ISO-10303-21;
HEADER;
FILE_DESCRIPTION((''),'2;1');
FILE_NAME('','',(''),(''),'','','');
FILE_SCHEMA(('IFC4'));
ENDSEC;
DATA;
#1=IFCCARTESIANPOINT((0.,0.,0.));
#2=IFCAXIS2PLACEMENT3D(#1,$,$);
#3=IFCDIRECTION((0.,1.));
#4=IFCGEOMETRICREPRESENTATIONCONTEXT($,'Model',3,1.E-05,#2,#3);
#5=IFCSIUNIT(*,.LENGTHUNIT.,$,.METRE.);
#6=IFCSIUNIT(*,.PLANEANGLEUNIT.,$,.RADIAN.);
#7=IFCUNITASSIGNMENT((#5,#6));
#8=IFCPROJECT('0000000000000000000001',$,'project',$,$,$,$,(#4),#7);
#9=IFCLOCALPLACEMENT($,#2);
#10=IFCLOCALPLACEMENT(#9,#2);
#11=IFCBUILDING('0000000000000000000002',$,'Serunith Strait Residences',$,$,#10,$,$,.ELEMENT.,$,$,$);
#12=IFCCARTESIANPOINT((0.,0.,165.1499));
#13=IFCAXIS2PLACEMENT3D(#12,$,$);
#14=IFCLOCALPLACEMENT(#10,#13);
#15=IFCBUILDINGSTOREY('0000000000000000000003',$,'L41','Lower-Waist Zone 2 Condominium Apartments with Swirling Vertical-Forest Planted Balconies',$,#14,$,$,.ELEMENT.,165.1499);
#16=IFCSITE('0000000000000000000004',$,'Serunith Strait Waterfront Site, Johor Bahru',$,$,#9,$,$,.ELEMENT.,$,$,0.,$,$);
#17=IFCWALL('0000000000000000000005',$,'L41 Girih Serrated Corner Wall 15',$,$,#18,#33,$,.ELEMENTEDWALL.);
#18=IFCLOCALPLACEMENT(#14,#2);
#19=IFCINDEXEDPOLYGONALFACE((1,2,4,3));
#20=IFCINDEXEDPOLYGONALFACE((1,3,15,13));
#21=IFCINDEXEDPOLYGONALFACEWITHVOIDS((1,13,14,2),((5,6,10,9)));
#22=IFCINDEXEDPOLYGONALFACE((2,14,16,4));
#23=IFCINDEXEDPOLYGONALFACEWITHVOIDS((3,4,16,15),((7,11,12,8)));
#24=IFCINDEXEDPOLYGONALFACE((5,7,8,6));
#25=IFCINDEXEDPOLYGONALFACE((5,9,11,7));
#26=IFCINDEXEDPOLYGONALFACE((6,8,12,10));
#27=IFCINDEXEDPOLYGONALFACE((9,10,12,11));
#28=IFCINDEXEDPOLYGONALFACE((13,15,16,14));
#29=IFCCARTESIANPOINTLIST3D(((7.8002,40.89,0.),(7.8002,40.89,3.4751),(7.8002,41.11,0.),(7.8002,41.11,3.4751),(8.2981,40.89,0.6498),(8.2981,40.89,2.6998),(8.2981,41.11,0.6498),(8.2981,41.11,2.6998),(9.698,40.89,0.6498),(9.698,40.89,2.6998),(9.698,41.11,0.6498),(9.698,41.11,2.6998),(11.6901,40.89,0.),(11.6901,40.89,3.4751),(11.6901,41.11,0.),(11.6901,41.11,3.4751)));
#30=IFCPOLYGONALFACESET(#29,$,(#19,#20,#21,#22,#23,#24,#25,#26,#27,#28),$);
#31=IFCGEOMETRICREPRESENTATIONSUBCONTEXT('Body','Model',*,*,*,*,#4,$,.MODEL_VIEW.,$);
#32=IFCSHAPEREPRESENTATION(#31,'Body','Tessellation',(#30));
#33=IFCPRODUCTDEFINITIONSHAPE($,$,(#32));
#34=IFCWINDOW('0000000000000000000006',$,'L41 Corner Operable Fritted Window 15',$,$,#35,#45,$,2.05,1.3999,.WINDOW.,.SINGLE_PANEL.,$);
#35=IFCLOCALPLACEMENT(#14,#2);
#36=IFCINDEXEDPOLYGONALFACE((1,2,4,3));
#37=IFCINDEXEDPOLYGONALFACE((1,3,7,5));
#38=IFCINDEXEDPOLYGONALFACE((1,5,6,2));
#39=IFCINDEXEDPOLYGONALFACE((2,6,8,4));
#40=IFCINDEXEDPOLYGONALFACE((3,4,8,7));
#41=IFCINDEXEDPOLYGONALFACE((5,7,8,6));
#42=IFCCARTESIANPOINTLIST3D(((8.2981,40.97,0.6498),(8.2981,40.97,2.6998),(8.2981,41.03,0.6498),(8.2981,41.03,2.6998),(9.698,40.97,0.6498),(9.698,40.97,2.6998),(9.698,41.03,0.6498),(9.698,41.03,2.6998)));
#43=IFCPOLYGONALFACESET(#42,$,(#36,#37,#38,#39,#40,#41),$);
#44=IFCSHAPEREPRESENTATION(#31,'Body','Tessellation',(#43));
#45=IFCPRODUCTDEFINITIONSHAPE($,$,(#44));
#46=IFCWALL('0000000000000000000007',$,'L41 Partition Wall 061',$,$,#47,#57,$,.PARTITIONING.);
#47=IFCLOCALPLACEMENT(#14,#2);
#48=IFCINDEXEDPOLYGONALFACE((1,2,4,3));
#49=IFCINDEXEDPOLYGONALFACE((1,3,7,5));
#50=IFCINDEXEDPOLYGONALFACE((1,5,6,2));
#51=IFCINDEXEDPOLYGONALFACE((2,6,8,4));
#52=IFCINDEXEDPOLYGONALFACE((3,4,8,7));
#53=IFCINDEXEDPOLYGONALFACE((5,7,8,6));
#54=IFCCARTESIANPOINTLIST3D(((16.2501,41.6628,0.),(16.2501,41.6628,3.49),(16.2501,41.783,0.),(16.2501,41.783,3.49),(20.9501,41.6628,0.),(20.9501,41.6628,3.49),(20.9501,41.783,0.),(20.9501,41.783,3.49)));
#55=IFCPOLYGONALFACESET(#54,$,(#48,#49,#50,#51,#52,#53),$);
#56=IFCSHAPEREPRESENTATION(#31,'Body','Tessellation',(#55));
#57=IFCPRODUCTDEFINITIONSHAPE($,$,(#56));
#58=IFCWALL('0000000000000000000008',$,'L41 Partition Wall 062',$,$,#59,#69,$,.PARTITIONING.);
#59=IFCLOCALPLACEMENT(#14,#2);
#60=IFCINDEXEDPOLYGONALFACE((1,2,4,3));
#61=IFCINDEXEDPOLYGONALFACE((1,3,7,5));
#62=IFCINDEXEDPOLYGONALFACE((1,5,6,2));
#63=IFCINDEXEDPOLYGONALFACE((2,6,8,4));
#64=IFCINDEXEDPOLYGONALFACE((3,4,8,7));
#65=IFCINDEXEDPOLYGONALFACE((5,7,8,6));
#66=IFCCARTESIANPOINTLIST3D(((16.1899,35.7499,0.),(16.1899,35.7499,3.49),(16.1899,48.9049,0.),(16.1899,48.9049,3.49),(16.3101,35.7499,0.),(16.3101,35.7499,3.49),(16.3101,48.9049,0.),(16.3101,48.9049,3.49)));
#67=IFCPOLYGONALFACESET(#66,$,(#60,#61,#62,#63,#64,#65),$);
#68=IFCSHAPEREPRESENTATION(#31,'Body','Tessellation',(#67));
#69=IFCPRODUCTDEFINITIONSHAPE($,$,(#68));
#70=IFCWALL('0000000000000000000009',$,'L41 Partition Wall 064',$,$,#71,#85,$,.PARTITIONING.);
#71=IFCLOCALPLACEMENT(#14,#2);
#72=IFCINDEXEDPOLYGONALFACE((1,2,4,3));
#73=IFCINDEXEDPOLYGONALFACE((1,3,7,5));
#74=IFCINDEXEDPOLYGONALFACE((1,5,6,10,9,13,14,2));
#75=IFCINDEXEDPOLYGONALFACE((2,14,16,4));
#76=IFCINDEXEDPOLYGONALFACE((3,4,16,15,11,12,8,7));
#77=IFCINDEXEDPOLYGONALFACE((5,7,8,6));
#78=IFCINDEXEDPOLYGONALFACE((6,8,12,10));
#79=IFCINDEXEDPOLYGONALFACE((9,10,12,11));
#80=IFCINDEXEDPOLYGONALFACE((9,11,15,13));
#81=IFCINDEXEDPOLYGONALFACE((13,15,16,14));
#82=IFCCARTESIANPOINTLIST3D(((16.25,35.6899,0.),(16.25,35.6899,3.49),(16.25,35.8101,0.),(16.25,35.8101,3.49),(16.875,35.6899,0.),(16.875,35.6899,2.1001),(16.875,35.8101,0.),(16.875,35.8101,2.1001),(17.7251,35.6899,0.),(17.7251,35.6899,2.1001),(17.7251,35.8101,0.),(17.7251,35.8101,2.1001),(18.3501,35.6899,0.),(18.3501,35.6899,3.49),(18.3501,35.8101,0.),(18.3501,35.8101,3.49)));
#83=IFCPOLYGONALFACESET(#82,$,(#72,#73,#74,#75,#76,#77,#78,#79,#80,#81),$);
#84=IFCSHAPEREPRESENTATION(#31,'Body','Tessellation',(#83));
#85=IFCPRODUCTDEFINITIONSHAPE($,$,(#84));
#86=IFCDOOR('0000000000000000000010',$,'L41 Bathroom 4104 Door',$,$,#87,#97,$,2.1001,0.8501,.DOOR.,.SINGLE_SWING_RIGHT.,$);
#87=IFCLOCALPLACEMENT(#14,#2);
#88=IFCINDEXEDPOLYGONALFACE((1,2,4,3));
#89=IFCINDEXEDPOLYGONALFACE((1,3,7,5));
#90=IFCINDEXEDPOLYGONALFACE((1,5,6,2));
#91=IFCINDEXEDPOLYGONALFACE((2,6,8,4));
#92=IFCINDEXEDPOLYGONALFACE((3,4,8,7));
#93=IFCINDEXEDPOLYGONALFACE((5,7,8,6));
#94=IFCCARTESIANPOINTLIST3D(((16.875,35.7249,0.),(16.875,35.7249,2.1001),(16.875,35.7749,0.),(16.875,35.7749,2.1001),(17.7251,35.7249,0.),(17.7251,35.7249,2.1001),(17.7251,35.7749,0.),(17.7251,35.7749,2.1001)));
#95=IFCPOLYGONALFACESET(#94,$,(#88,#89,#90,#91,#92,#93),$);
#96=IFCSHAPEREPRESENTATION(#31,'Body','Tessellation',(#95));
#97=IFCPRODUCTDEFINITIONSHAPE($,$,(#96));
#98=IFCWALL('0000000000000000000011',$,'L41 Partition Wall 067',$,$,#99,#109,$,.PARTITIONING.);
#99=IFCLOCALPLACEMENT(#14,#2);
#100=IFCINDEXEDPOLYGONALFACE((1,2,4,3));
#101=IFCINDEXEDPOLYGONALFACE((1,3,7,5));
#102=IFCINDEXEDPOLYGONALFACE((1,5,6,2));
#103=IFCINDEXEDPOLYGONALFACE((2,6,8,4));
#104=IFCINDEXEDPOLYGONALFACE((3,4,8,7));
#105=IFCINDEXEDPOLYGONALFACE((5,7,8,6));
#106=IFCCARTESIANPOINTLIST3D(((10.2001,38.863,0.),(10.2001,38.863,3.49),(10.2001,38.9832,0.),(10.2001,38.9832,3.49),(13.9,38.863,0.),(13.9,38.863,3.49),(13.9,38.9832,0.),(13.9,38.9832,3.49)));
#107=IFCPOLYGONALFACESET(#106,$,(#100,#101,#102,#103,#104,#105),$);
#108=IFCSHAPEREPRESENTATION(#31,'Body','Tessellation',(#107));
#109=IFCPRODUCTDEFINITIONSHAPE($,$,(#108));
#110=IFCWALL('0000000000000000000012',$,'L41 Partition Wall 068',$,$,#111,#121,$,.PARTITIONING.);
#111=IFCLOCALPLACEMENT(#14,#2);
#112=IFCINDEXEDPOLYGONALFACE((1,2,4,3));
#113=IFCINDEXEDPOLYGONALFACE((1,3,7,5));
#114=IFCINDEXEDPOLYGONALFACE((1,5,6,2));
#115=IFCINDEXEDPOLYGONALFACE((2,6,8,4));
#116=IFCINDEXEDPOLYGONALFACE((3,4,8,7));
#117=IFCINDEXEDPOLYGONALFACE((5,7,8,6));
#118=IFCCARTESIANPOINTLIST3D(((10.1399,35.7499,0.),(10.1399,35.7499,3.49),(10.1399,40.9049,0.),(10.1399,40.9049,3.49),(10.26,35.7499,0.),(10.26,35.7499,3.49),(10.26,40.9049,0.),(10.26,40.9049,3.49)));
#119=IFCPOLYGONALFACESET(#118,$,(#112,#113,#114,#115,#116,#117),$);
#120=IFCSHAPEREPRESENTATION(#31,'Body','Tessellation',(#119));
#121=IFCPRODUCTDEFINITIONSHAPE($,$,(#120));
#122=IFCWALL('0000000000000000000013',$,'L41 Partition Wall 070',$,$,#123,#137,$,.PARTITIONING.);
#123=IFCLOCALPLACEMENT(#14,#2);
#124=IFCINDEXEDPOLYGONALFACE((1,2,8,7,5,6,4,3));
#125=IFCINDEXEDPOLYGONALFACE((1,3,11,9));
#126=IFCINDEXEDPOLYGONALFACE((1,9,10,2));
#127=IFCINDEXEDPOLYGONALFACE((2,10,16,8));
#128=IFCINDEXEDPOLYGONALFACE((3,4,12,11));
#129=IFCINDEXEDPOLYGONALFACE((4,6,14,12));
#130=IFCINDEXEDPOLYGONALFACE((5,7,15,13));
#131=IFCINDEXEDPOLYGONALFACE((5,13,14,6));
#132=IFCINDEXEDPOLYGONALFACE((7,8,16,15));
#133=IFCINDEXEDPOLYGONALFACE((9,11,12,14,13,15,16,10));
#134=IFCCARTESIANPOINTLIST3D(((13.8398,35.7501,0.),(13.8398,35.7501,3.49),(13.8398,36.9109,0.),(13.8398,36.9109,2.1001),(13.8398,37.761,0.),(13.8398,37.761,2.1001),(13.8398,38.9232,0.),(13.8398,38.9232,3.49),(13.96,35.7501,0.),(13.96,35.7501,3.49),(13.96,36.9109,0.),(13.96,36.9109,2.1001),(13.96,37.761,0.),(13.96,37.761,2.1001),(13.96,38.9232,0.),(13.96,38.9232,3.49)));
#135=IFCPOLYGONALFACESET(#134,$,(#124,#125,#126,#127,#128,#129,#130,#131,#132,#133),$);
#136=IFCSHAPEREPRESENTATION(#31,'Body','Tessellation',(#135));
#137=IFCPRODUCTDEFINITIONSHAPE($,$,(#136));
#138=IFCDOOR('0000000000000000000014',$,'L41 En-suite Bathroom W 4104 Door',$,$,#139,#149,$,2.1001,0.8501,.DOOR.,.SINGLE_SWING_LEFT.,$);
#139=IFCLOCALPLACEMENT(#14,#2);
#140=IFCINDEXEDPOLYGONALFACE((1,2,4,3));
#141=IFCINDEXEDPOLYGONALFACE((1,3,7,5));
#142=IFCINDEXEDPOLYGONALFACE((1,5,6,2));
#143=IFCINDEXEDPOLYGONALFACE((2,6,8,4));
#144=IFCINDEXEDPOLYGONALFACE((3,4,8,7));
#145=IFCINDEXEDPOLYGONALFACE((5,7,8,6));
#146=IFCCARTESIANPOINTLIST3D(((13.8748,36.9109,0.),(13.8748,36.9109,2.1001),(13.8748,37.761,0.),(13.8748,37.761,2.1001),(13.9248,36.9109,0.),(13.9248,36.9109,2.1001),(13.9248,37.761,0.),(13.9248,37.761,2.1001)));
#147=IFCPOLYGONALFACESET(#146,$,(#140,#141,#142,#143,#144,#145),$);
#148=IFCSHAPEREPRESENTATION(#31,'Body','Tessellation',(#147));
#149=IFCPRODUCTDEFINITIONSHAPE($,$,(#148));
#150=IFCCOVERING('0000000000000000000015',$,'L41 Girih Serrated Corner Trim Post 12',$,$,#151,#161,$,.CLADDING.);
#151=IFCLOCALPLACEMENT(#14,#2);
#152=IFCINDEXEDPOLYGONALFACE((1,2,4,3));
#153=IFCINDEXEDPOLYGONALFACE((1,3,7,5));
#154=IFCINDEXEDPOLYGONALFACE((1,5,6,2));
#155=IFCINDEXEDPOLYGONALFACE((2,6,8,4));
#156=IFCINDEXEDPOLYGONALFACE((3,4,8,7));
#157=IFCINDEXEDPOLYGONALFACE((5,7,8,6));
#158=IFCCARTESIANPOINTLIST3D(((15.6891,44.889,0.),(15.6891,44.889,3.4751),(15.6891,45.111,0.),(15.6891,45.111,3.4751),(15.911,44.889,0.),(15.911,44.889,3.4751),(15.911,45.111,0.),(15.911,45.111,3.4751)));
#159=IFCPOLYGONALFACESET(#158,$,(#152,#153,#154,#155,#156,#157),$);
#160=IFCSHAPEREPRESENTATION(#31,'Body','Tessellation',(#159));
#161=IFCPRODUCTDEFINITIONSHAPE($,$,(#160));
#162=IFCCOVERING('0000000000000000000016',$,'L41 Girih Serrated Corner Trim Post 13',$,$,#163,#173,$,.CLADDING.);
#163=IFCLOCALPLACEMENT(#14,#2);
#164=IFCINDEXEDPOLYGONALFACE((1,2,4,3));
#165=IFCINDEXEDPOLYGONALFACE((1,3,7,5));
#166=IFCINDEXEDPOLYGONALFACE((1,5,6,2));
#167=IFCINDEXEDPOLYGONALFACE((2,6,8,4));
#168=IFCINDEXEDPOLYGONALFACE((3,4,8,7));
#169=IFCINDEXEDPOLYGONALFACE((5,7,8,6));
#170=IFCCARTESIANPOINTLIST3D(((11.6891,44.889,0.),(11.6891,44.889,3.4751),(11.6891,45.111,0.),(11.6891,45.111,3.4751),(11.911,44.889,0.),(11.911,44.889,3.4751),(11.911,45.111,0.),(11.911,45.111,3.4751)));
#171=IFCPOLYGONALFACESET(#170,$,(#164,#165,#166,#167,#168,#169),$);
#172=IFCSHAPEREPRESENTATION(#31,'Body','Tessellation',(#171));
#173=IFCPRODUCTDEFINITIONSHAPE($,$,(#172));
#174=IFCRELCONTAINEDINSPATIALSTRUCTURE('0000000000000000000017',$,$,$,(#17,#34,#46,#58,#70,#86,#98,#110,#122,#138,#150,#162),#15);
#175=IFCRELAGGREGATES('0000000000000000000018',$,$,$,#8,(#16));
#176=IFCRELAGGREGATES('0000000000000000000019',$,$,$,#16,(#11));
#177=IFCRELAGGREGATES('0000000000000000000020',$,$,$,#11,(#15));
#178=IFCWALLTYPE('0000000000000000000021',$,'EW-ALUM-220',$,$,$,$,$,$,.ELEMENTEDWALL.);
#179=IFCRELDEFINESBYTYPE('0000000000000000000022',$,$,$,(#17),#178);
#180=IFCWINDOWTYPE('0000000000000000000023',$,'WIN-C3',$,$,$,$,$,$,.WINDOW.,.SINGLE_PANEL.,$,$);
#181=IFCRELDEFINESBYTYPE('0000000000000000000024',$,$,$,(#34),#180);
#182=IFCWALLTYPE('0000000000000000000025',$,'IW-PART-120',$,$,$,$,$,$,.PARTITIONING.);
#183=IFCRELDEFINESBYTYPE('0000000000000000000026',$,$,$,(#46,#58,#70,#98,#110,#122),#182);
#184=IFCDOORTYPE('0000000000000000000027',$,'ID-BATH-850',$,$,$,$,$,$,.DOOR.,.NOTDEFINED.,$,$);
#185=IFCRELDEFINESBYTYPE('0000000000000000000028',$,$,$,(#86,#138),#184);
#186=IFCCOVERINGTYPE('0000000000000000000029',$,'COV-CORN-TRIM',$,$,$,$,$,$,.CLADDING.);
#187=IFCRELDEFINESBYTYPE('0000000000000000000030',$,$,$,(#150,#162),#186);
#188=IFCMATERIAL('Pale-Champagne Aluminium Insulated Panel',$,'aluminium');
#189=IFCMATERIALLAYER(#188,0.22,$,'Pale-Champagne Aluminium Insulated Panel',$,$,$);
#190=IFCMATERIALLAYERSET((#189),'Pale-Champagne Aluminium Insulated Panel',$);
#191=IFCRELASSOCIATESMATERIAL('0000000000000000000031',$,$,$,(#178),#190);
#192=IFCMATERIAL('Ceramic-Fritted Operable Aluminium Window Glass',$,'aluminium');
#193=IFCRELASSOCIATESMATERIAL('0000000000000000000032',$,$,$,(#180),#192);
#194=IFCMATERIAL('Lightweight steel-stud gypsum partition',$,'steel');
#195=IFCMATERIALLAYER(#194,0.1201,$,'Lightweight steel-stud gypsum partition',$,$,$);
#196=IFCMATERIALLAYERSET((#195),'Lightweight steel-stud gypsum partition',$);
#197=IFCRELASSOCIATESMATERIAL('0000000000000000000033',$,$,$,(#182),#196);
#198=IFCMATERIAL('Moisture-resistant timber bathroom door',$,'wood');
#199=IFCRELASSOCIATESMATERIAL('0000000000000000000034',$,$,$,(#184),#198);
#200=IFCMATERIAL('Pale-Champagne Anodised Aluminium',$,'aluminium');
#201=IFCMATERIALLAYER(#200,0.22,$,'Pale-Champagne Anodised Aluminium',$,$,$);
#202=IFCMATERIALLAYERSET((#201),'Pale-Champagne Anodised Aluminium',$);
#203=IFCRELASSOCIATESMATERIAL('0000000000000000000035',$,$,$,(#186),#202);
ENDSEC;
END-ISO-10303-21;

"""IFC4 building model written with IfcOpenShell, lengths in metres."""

from ifc_helpers import new_model, si_unit, direction, frame, frame_2d, origin, origin_2d, place, context, subcontext, project, spatial, rectangle, extrude, source, transform, mapped, material, layer, layer_set, type_object, element, fill, save


model = new_model("IFC4")

# Units and contexts
model_context = context("Model", 3, precision=1e-05, world=origin(), true_north=direction((0.0, 1.0)))
body_context = subcontext(model_context, "Body", "Model", "MODEL_VIEW")
ifc_project = project(units=[si_unit("LENGTHUNIT", "METRE"), si_unit("PLANEANGLEUNIT", "RADIAN")], contexts=[model_context])

# Site, building, storey
site_placement = place(None, origin())
site = spatial("IfcSite", under=ifc_project, at=site_placement, Name="Serunith Strait Waterfront Site, Johor Bahru", CompositionType="ELEMENT", RefElevation=0.0)
building_placement = place(site_placement, origin())
building = spatial("IfcBuilding", under=site, at=building_placement, Name="Serunith Strait Residences", CompositionType="ELEMENT")
storey_placement = place(building_placement, frame((0.0, 0.0, 165.1499)))
storey = spatial("IfcBuildingStorey", under=building, at=storey_placement, Name="L41", Description="Lower-Waist Zone 2 Condominium Apartments with Swirling Vertical-Forest Planted Balconies", CompositionType="ELEMENT", Elevation=165.1499)

# Shared definitions
ifc_material_1 = material(Name="Pale-Champagne Anodised Aluminium", Category="aluminium")

# Shared definitions
ifc_material_2 = material(Name="Pale-Champagne Aluminium Insulated Panel", Category="aluminium")
ifc_layer_1 = layer(ifc_material_2, 0.22, Name="Pale-Champagne Aluminium Insulated Panel")
ifc_layer_set_1 = layer_set([ifc_layer_1], Name="Pale-Champagne Aluminium Insulated Panel")
wall_type_1 = type_object("IfcWallType", Name="EW-ALUM-220", PredefinedType="ELEMENTEDWALL", material=ifc_layer_set_1)

# Wall, opening, window
ifc_material_3 = material(Name="Ceramic-Fritted Operable Aluminium Window Glass", Category="aluminium")
window_type = type_object("IfcWindowType", Name="WIN-C3", PartitioningType="SINGLE_PANEL", PredefinedType="WINDOW", material=ifc_material_3)
shared_shape_1 = source(origin(), body_context, "Body", "SweptSolid", [
    extrude(rectangle(XDim=1.3999, YDim=2.05, at=frame_2d((0.7, 1.0249))), frame((0.0, 0.03, 0.0), z_axis=(0.0, -1.0, 0.0), x_axis=(1.0, 0.0, 0.0)), (0.0, 0.0, 1.0), 0.0601),
])
wall_1_placement = place(storey_placement, frame((11.6899, 41.0, 0.0), z_axis=(0.0, 0.0, 1.0), x_axis=(-1.0, 0.0, 0.0)))
wall_1 = element("IfcWall", 1, at=wall_1_placement, inside=storey, type_object=wall_type_1, Name="L41 Girih Serrated Corner Wall 15", PredefinedType="ELEMENTEDWALL", context=body_context, shape_type="SweptSolid", body=[
    extrude(rectangle(XDim=3.8899, YDim=0.22, at=frame_2d((1.9448, 0.0))), origin(), (0.0, 0.0, 1.0), 3.4751),
])
opening_1_placement = place(wall_1_placement, frame((1.9919, 0.0, 0.6499)))
opening_1 = element("IfcOpeningElement", 2, at=opening_1_placement, cuts=wall_1, PredefinedType="OPENING", context=body_context, shape_type="SweptSolid", body=[
    extrude(rectangle(XDim=1.3999, YDim=2.05, at=frame_2d((0.7, 1.0249))), frame((0.0, 0.1201, 0.0), z_axis=(0.0, -1.0, 0.0), x_axis=(1.0, 0.0, 0.0)), (0.0, 0.0, 1.0), 0.24),
])
window_1_placement = place(opening_1_placement, origin())
window_1 = element("IfcWindow", 3, at=window_1_placement, inside=storey, type_object=window_type, Name="L41 Corner Operable Fritted Window 15", OverallHeight=2.05, OverallWidth=1.3999, PartitioningType="SINGLE_PANEL", PredefinedType="WINDOW", context=body_context, shape_type="MappedRepresentation", body=[
    mapped(shared_shape_1, transform((0.0, 0.0, 0.0), scale=1.0)),
])
fill(opening_1, window_1)

# Walls
ifc_material_4 = material(Name="Lightweight steel-stud gypsum partition", Category="steel")
ifc_layer_2 = layer(ifc_material_4, 0.1201, Name="Lightweight steel-stud gypsum partition")
ifc_layer_set_2 = layer_set([ifc_layer_2], Name="Lightweight steel-stud gypsum partition")
wall_type_2 = type_object("IfcWallType", Name="IW-PART-120", PredefinedType="PARTITIONING", material=ifc_layer_set_2)
wall_2_placement = place(storey_placement, frame((16.25, 41.7229, 0.0), z_axis=(0.0, 0.0, 1.0), x_axis=(1.0, 0.0, 0.0)))
element("IfcWall", 4, at=wall_2_placement, inside=storey, type_object=wall_type_2, Name="L41 Partition Wall 061", PredefinedType="PARTITIONING", context=body_context, shape_type="SweptSolid", body=[
    extrude(rectangle(XDim=4.7, YDim=0.1201, at=frame_2d((2.3501, 0.0))), origin(), (0.0, 0.0, 1.0), 3.49),
])
wall_3_placement = place(storey_placement, frame((16.25, 48.905, 0.0), z_axis=(0.0, 0.0, 1.0), x_axis=(0.0, -1.0, 0.0)))
element("IfcWall", 5, at=wall_3_placement, inside=storey, type_object=wall_type_2, Name="L41 Partition Wall 062", PredefinedType="PARTITIONING", context=body_context, shape_type="SweptSolid", body=[
    extrude(rectangle(XDim=13.155, YDim=0.1201, at=frame_2d((6.5776, 0.0))), origin(), (0.0, 0.0, 1.0), 3.49),
])

# Wall, opening, door
wall_4_placement = place(storey_placement, frame((16.25, 35.75, 0.0), z_axis=(0.0, 0.0, 1.0), x_axis=(1.0, 0.0, 0.0)))
wall_4 = element("IfcWall", 6, at=wall_4_placement, inside=storey, type_object=wall_type_2, Name="L41 Partition Wall 064", PredefinedType="PARTITIONING", context=body_context, shape_type="SweptSolid", body=[
    extrude(rectangle(XDim=2.1001, YDim=0.1201, at=frame_2d((1.05, 0.0))), origin(), (0.0, 0.0, 1.0), 3.49),
])
opening_2_placement = place(wall_4_placement, frame((0.625, 0.0, 0.0)))
opening_2 = element("IfcOpeningElement", 7, at=opening_2_placement, cuts=wall_4, PredefinedType="OPENING", context=body_context, shape_type="SweptSolid", body=[
    extrude(rectangle(XDim=0.8501, YDim=2.1001, at=frame_2d((0.425, 1.05))), frame((0.0, 0.0701, 0.0), z_axis=(0.0, -1.0, 0.0), x_axis=(1.0, 0.0, 0.0)), (0.0, 0.0, 1.0), 0.1401),
])
ifc_material_5 = material(Name="Moisture-resistant timber bathroom door", Category="wood")
door_type = type_object("IfcDoorType", Name="ID-BATH-850", OperationType="NOTDEFINED", PredefinedType="DOOR", material=ifc_material_5)
shared_shape_2 = source(origin(), body_context, "Body", "SweptSolid", [
    extrude(rectangle(XDim=0.8501, YDim=2.1001, at=frame_2d((0.425, 1.05))), frame((0.0, 0.0249, 0.0), z_axis=(0.0, -1.0, 0.0), x_axis=(1.0, 0.0, 0.0)), (0.0, 0.0, 1.0), 0.05),
])
door_1_placement = place(opening_2_placement, origin())
door_1 = element("IfcDoor", 8, at=door_1_placement, inside=storey, type_object=door_type, Name="L41 Bathroom 4104 Door", OperationType="SINGLE_SWING_RIGHT", OverallHeight=2.1001, OverallWidth=0.8501, PredefinedType="DOOR", context=body_context, shape_type="MappedRepresentation", body=[
    mapped(shared_shape_2, transform((0.0, 0.0, 0.0), scale=1.0)),
])
fill(opening_2, door_1)

# Walls
wall_5_placement = place(storey_placement, frame((10.2, 38.9231, 0.0), z_axis=(0.0, 0.0, 1.0), x_axis=(1.0, 0.0, 0.0)))
element("IfcWall", 9, at=wall_5_placement, inside=storey, type_object=wall_type_2, Name="L41 Partition Wall 067", PredefinedType="PARTITIONING", context=body_context, shape_type="SweptSolid", body=[
    extrude(rectangle(XDim=3.7, YDim=0.1201, at=frame_2d((1.8501, 0.0))), origin(), (0.0, 0.0, 1.0), 3.49),
])
wall_6_placement = place(storey_placement, frame((10.2, 40.905, 0.0), z_axis=(0.0, 0.0, 1.0), x_axis=(0.0, -1.0, 0.0)))
element("IfcWall", 10, at=wall_6_placement, inside=storey, type_object=wall_type_2, Name="L41 Partition Wall 068", PredefinedType="PARTITIONING", context=body_context, shape_type="SweptSolid", body=[
    extrude(rectangle(XDim=5.155, YDim=0.1201, at=frame_2d((2.5776, 0.0))), origin(), (0.0, 0.0, 1.0), 3.49),
])

# Wall, opening, door
wall_7_placement = place(storey_placement, frame((13.8999, 38.9231, 0.0), z_axis=(0.0, 0.0, 1.0), x_axis=(0.0, -1.0, 0.0)))
wall_7 = element("IfcWall", 11, at=wall_7_placement, inside=storey, type_object=wall_type_2, Name="L41 Partition Wall 070", PredefinedType="PARTITIONING", context=body_context, shape_type="SweptSolid", body=[
    extrude(rectangle(XDim=3.1731, YDim=0.1201, at=frame_2d((1.5864, 0.0))), origin(), (0.0, 0.0, 1.0), 3.49),
])
opening_3_placement = place(wall_7_placement, frame((1.1621, 0.0, 0.0)))
opening_3 = element("IfcOpeningElement", 12, at=opening_3_placement, cuts=wall_7, PredefinedType="OPENING", context=body_context, shape_type="SweptSolid", body=[
    extrude(rectangle(XDim=0.8501, YDim=2.1001, at=frame_2d((0.425, 1.05))), frame((0.0, 0.0701, 0.0), z_axis=(0.0, -1.0, 0.0), x_axis=(1.0, 0.0, 0.0)), (0.0, 0.0, 1.0), 0.1401),
])
door_2_placement = place(opening_3_placement, origin())
door_2 = element("IfcDoor", 13, at=door_2_placement, inside=storey, type_object=door_type, Name="L41 En-suite Bathroom W 4104 Door", OperationType="SINGLE_SWING_LEFT", OverallHeight=2.1001, OverallWidth=0.8501, PredefinedType="DOOR", context=body_context, shape_type="MappedRepresentation", body=[
    mapped(shared_shape_2, transform((0.0, 0.0, 0.0), scale=1.0)),
])
fill(opening_3, door_2)

# Coverings
ifc_layer_3 = layer(ifc_material_1, 0.22, Name="Pale-Champagne Anodised Aluminium")
ifc_layer_set_3 = layer_set([ifc_layer_3], Name="Pale-Champagne Anodised Aluminium")
covering_type = type_object("IfcCoveringType", Name="COV-CORN-TRIM", PredefinedType="CLADDING", material=ifc_layer_set_3)
shared_shape_3 = source(origin(), body_context, "Body", "SweptSolid", [
    extrude(rectangle(XDim=0.2219, YDim=0.2219, at=origin_2d()), origin(), (0.0, 0.0, 1.0), 3.4751),
])
for number, where, z_axis, x_axis, name in (
    (14, (15.8, 45.0, 0.0), (0.0, 0.0, 1.0), (1.0, 0.0, 0.0), "L41 Girih Serrated Corner Trim Post 12"),
    (15, (11.8, 45.0, 0.0), (0.0, 0.0, 1.0), (1.0, 0.0, 0.0), "L41 Girih Serrated Corner Trim Post 13"),
):
    element("IfcCovering", number, at=place(storey_placement, frame(where, z_axis=z_axis, x_axis=x_axis)), inside=storey, type_object=covering_type, Name=name, PredefinedType="CLADDING", context=body_context, shape_type="MappedRepresentation", body=[
        mapped(shared_shape_3, transform((0.0, 0.0, 0.0), scale=1.0)),
    ])

save(model, "model.ifc")
